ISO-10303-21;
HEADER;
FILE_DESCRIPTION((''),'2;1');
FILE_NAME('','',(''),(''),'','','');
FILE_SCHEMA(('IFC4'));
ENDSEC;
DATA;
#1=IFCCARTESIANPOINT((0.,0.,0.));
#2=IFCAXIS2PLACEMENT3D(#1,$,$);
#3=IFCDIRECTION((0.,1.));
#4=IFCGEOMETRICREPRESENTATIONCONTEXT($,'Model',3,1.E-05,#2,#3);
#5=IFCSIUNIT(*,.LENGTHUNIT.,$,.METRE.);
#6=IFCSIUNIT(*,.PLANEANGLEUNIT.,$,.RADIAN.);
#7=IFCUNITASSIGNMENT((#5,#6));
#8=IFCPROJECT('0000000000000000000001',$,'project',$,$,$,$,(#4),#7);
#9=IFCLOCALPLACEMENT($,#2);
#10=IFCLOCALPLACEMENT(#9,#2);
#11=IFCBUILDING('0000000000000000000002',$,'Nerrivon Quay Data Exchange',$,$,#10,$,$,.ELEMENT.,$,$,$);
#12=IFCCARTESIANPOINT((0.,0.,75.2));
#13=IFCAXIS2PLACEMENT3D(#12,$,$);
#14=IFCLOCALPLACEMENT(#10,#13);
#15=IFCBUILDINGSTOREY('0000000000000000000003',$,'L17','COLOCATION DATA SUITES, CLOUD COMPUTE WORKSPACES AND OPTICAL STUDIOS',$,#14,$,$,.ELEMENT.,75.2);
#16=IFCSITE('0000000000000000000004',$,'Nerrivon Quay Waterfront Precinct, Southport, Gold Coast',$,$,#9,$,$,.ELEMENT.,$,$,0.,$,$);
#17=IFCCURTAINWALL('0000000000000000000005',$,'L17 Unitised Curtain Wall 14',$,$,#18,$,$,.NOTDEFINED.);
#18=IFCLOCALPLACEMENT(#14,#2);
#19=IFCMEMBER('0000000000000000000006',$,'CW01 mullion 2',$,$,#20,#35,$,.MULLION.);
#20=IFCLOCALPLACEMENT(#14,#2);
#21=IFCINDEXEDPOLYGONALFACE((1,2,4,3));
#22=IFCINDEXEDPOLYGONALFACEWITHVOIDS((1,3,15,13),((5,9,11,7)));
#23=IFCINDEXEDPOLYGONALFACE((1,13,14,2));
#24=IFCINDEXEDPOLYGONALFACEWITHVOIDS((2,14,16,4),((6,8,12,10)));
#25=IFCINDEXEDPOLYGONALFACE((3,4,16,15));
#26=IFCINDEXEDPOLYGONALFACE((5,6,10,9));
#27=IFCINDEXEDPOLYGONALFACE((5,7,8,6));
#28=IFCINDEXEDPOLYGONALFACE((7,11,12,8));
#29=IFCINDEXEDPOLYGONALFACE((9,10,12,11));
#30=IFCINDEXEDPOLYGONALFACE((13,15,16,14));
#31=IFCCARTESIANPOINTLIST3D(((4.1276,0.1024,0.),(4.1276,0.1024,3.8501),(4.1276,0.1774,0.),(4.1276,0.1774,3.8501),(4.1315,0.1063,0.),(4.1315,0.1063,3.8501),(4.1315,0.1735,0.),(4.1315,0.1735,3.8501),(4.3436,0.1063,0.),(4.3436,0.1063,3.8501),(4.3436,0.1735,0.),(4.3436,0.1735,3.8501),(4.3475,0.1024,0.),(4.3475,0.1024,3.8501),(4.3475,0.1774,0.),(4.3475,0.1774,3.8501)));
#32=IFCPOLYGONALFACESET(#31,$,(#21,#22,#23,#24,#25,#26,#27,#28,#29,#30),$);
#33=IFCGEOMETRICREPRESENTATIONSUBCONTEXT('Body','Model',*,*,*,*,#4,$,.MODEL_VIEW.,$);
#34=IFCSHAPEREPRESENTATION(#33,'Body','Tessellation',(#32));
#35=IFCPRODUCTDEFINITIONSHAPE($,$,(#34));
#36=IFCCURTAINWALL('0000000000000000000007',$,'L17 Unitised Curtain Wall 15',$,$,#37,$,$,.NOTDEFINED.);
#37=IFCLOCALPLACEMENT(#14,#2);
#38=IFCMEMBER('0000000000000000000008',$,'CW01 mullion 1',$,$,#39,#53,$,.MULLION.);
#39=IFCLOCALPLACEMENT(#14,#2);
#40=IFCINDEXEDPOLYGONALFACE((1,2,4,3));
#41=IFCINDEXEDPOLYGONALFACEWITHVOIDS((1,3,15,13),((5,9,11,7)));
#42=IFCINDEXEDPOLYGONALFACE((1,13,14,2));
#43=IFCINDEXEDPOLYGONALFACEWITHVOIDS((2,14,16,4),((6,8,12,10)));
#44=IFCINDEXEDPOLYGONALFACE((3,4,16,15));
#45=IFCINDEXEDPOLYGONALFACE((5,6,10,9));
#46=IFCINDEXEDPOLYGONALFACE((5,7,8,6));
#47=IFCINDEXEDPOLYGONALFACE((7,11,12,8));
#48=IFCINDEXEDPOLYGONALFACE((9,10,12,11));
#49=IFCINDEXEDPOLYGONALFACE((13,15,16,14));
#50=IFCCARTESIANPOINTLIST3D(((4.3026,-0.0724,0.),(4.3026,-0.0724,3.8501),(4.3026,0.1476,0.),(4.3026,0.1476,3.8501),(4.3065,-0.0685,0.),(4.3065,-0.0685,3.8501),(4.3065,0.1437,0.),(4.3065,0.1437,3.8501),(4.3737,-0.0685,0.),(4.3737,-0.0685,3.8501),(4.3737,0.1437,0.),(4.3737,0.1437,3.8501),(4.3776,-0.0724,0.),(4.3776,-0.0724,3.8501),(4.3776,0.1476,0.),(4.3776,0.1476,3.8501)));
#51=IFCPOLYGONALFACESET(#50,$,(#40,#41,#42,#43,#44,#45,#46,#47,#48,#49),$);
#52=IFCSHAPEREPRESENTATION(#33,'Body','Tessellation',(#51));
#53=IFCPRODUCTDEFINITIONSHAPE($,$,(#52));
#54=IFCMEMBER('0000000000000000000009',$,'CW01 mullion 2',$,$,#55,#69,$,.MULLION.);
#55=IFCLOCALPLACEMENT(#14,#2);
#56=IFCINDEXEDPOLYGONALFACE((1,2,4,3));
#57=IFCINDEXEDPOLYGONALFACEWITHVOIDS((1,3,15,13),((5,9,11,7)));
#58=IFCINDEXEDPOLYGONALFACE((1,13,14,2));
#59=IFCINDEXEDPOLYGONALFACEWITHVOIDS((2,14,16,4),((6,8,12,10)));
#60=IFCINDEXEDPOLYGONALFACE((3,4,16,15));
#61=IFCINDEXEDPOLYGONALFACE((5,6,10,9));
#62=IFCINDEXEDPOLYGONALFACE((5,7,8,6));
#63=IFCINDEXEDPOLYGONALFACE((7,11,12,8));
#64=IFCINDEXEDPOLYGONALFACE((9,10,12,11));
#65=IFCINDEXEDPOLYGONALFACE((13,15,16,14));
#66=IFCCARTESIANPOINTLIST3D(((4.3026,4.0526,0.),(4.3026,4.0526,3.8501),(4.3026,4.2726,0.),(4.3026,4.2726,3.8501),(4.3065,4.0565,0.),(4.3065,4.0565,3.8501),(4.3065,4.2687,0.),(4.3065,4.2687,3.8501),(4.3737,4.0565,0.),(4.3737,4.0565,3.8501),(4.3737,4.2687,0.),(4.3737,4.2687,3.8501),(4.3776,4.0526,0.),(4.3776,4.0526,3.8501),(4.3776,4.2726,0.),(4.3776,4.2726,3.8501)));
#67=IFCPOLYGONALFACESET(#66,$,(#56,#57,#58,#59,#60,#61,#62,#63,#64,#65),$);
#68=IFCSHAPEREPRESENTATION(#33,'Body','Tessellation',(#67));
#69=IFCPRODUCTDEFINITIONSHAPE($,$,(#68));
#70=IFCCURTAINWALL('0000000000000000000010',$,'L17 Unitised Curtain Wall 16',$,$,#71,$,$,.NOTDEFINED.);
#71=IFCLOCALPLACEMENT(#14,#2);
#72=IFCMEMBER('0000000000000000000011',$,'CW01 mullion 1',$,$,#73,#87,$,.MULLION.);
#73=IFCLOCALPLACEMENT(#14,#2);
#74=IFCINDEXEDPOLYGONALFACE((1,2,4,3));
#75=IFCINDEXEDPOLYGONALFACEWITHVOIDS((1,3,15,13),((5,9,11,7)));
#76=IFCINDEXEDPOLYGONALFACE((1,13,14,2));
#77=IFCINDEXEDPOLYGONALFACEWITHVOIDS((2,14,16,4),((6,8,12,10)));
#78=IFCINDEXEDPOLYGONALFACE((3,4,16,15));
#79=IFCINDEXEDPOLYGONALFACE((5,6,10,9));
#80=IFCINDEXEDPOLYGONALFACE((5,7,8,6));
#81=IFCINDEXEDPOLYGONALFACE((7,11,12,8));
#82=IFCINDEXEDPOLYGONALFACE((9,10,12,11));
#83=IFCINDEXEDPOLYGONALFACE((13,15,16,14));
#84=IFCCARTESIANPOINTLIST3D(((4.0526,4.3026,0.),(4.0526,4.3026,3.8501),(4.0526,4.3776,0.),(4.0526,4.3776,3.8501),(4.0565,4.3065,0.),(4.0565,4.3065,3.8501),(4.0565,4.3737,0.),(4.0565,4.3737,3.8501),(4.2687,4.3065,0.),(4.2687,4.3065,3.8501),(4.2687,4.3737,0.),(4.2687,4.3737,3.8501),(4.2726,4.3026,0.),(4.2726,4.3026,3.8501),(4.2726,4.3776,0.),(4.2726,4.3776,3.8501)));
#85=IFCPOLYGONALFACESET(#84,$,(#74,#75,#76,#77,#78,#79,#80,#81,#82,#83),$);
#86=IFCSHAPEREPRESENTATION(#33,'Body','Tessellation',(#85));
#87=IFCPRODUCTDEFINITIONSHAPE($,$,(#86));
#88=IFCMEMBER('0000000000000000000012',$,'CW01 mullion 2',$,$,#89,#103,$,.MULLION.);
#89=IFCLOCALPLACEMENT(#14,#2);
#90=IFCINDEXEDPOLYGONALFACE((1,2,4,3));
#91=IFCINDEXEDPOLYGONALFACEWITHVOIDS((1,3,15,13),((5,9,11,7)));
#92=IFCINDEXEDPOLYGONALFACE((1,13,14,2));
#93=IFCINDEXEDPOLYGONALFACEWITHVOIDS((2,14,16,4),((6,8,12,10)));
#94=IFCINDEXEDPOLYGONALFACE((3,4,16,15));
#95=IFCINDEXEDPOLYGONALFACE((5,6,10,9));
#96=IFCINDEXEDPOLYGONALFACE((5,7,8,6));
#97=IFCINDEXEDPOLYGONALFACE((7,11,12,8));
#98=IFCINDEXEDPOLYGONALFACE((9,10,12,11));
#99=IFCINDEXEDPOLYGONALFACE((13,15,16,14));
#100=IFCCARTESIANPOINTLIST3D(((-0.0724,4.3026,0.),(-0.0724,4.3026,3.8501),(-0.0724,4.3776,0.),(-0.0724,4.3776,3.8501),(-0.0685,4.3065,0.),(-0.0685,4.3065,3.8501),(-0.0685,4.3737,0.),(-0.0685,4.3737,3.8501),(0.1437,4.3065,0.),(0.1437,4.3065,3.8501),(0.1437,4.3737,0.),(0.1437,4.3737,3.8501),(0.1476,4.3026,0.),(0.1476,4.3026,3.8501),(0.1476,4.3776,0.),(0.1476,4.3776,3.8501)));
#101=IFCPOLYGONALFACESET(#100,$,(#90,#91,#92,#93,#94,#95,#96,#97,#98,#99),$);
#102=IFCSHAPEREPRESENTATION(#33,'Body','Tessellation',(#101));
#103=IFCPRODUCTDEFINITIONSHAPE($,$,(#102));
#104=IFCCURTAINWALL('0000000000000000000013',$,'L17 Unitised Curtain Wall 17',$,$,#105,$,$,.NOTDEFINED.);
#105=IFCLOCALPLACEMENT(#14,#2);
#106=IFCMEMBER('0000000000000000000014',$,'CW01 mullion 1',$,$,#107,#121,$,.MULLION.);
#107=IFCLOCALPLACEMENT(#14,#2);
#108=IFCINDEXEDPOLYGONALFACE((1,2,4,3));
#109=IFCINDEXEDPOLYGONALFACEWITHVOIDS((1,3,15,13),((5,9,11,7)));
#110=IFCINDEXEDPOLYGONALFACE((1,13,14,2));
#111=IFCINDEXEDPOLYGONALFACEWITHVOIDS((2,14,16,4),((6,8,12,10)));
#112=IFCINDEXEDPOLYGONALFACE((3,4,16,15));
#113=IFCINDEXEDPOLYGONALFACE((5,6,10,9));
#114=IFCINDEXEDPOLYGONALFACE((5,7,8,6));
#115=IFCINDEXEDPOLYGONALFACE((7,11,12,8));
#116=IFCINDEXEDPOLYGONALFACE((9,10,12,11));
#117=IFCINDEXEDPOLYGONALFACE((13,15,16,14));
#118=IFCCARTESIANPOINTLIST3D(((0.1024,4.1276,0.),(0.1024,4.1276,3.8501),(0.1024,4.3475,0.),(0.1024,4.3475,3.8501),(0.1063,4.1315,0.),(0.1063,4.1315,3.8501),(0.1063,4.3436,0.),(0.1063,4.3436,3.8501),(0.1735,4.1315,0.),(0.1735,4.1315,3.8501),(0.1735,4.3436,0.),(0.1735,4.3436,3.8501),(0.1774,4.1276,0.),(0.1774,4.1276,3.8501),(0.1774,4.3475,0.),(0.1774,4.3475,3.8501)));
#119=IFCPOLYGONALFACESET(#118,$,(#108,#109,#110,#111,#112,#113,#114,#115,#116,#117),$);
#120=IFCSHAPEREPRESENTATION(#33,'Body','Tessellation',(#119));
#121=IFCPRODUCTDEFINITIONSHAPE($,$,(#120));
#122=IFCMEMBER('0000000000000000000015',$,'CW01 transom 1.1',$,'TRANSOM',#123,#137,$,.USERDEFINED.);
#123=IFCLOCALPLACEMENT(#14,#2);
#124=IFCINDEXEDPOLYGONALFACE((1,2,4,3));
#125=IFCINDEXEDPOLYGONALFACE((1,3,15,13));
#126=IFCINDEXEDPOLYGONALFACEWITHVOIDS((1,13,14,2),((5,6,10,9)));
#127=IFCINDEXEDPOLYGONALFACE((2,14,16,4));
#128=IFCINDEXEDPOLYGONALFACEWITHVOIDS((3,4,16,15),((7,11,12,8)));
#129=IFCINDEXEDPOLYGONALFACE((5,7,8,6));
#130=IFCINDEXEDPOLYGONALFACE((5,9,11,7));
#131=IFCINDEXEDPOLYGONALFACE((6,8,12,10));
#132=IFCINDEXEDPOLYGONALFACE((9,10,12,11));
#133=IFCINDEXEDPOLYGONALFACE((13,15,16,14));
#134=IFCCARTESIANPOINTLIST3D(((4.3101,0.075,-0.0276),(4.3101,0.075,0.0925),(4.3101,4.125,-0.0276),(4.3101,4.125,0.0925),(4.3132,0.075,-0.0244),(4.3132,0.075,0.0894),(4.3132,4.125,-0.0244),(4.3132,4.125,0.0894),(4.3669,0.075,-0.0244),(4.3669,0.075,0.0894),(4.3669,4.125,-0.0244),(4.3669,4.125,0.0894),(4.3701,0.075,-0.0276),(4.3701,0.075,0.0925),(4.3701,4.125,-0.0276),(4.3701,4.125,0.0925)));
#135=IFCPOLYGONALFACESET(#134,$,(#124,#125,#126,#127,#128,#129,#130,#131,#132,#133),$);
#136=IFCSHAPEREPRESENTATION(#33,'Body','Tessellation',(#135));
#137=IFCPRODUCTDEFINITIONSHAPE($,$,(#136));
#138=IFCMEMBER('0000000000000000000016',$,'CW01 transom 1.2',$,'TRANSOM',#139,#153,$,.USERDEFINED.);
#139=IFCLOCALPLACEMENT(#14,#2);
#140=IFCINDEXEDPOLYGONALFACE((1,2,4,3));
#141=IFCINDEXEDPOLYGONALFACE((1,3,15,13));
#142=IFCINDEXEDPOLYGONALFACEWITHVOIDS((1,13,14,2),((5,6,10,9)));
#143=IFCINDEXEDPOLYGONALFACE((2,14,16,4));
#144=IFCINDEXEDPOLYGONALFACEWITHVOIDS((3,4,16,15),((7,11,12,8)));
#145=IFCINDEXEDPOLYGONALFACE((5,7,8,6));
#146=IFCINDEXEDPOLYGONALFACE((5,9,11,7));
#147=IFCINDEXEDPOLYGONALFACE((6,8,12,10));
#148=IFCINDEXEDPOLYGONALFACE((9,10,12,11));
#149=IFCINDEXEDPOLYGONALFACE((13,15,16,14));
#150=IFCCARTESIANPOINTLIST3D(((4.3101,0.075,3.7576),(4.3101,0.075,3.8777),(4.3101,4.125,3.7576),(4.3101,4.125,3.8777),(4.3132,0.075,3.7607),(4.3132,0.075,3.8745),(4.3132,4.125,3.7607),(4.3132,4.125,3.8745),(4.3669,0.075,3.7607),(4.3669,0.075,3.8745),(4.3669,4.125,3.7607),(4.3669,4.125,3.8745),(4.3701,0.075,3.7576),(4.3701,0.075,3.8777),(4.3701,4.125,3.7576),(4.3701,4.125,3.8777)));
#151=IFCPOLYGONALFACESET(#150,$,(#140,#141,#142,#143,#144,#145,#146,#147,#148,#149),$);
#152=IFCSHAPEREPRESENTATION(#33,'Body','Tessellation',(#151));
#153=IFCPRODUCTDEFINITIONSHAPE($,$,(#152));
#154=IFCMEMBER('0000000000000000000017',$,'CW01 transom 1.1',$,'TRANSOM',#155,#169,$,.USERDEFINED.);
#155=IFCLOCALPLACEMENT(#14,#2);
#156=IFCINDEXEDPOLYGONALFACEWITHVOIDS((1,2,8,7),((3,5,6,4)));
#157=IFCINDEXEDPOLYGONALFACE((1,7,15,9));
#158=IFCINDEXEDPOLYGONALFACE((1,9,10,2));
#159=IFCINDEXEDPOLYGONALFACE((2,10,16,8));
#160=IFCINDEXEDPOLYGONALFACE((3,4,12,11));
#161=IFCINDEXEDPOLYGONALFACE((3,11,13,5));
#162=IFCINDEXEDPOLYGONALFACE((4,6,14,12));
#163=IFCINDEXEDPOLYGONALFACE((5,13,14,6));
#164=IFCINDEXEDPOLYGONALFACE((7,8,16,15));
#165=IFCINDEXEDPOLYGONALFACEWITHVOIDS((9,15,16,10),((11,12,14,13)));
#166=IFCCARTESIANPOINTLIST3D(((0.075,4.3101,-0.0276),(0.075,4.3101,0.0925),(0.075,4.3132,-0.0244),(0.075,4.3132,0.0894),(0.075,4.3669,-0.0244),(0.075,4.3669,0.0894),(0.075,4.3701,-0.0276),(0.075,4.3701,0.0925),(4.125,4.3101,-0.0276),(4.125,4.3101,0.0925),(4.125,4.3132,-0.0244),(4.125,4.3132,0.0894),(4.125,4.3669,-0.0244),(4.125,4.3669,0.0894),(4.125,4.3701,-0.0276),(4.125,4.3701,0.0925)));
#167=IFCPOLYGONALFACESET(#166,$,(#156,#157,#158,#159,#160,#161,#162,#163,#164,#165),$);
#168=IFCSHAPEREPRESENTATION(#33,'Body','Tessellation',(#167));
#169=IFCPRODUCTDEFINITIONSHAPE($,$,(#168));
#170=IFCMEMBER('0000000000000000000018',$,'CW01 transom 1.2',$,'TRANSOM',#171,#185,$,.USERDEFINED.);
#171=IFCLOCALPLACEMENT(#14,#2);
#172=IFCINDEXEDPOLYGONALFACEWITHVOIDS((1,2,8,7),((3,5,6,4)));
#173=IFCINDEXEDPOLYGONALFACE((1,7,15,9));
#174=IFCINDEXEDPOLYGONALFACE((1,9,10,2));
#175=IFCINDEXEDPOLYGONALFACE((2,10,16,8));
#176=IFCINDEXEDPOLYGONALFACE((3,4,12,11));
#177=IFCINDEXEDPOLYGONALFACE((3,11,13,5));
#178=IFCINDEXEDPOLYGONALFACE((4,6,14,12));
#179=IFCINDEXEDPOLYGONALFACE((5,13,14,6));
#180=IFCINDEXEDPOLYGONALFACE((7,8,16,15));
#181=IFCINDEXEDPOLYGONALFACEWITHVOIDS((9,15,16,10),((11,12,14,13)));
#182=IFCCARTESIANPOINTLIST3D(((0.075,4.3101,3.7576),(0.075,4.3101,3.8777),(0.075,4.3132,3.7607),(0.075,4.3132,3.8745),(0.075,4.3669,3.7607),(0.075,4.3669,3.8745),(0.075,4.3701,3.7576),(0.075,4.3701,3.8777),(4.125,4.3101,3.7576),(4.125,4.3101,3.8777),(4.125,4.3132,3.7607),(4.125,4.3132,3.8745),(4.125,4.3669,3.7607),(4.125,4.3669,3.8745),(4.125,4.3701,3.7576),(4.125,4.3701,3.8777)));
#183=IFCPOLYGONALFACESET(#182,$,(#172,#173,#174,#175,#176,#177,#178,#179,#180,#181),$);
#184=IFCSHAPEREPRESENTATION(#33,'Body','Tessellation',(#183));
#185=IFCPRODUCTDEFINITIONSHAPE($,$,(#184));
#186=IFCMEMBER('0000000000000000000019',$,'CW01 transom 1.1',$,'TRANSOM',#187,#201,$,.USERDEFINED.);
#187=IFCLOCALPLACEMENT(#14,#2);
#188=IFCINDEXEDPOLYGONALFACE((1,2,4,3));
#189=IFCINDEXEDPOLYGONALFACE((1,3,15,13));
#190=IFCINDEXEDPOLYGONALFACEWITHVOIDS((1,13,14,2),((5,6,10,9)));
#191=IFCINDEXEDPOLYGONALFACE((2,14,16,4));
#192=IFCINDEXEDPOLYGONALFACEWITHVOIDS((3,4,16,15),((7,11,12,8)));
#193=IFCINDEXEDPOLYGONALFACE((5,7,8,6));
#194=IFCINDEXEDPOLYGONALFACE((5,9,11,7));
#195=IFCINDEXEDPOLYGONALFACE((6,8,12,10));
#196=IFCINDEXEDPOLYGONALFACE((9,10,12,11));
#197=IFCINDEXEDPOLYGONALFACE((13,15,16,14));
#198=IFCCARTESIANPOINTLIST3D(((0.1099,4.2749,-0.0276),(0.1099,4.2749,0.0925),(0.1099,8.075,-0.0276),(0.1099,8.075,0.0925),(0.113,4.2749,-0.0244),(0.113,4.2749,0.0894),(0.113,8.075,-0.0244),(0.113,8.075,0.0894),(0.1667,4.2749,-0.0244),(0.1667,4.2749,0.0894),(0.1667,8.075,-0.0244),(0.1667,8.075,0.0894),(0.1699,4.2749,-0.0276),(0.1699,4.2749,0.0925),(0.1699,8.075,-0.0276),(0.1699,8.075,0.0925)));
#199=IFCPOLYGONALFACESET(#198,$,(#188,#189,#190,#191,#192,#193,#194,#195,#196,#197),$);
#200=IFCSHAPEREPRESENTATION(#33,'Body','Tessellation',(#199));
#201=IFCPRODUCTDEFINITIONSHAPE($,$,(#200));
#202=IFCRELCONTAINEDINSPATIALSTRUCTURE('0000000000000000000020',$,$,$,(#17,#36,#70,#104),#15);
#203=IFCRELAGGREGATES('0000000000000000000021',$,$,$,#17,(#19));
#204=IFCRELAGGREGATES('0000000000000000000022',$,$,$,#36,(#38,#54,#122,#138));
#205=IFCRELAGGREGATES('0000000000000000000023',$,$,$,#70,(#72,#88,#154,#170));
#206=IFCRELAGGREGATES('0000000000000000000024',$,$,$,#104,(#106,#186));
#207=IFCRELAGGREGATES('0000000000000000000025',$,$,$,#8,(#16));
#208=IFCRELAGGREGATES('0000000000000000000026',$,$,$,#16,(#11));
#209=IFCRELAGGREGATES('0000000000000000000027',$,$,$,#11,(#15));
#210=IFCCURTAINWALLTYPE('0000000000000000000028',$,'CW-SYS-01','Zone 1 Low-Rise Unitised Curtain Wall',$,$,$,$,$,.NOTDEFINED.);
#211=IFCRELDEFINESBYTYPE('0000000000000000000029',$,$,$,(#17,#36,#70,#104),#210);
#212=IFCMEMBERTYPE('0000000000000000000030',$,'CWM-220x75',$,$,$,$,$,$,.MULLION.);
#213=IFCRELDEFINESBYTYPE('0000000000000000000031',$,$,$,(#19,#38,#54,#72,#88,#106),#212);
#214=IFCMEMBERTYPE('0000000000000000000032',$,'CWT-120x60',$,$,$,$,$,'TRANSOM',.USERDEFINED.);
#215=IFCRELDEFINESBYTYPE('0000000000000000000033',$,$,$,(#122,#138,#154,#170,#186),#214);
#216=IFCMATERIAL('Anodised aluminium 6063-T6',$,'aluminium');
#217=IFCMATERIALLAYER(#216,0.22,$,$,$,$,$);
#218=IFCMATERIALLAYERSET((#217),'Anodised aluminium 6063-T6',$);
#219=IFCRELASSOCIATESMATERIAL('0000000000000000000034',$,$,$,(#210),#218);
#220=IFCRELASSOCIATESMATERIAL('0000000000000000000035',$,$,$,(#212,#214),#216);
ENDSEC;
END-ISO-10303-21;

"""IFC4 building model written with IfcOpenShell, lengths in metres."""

from ifc_helpers import new_model, si_unit, direction, frame, origin, origin_2d, place, context, subcontext, project, spatial, hollow_rectangle, extrude, material, layer, layer_set, material_profile, profile_set, type_object, element, aggregate, save


model = new_model("IFC4")

# Units and contexts
model_context = context("Model", 3, precision=1e-05, world=origin(), true_north=direction((0.0, 1.0)))
body_context = subcontext(model_context, "Body", "Model", "MODEL_VIEW")
ifc_project = project(units=[si_unit("LENGTHUNIT", "METRE"), si_unit("PLANEANGLEUNIT", "RADIAN")], contexts=[model_context])

# Site, building, storey
site_placement = place(None, origin())
site = spatial("IfcSite", under=ifc_project, at=site_placement, Name="Nerrivon Quay Waterfront Precinct, Southport, Gold Coast", CompositionType="ELEMENT", RefElevation=0.0)
building_placement = place(site_placement, origin())
building = spatial("IfcBuilding", under=site, at=building_placement, Name="Nerrivon Quay Data Exchange", CompositionType="ELEMENT")
storey_placement = place(building_placement, frame((0.0, 0.0, 75.2)))
storey = spatial("IfcBuildingStorey", under=building, at=storey_placement, Name="L17", Description="COLOCATION DATA SUITES, CLOUD COMPUTE WORKSPACES AND OPTICAL STUDIOS", CompositionType="ELEMENT", Elevation=75.2)

# Curtain wall, member
ifc_material_1 = material(Name="Anodised aluminium 6063-T6", Category="aluminium")
ifc_layer_1 = layer(ifc_material_1, 0.22)
ifc_layer_set_1 = layer_set([ifc_layer_1], Name="Anodised aluminium 6063-T6")
curtain_wall_type = type_object("IfcCurtainWallType", Name="CW-SYS-01", Description="Zone 1 Low-Rise Unitised Curtain Wall", PredefinedType="NOTDEFINED", material=ifc_layer_set_1)
curtain_wall_1_placement = place(storey_placement, origin())
curtain_wall_1 = element("IfcCurtainWall", 1, at=curtain_wall_1_placement, inside=storey, type_object=curtain_wall_type, Name="L17 Unitised Curtain Wall 14", PredefinedType="NOTDEFINED")
ifc_material_profile_1 = material_profile(ifc_material_1, hollow_rectangle(XDim=0.075, YDim=0.22, WallThickness=0.0039, at=origin_2d()), Name="ALU-MULL-220x75")
ifc_profile_set_1 = profile_set([ifc_material_profile_1], Name="Anodised aluminium 6063-T6")
member_type_1 = type_object("IfcMemberType", Name="CWM-220x75", PredefinedType="MULLION", material=ifc_profile_set_1)
member_1_placement = place(storey_placement, frame((4.2375, 0.1399, 0.0), z_axis=(0.0, 0.0, 1.0), x_axis=(0.0, -1.0, 0.0)))
member_1 = element("IfcMember", 2, at=member_1_placement, type_object=member_type_1, Name="CW01 mullion 2", PredefinedType="MULLION", context=body_context, shape_type="SweptSolid", body=[
    extrude(hollow_rectangle(XDim=0.075, YDim=0.22, WallThickness=0.0039, at=origin_2d()), origin(), (0.0, 0.0, 1.0), 3.8501),
])
aggregate(curtain_wall_1, [member_1])

# Curtain walls, members
curtain_wall_2_placement = place(storey_placement, origin())
curtain_wall_2 = element("IfcCurtainWall", 3, at=curtain_wall_2_placement, inside=storey, type_object=curtain_wall_type, Name="L17 Unitised Curtain Wall 15", PredefinedType="NOTDEFINED")
member_2_placement = place(storey_placement, frame((4.3401, 0.0376, 0.0), z_axis=(0.0, 0.0, 1.0), x_axis=(-1.0, 0.0, 0.0)))
member_2 = element("IfcMember", 4, at=member_2_placement, type_object=member_type_1, Name="CW01 mullion 1", PredefinedType="MULLION", context=body_context, shape_type="SweptSolid", body=[
    extrude(hollow_rectangle(XDim=0.075, YDim=0.22, WallThickness=0.0039, at=origin_2d()), origin(), (0.0, 0.0, 1.0), 3.8501),
])
member_3_placement = place(storey_placement, frame((4.3401, 4.1626, 0.0), z_axis=(0.0, 0.0, 1.0), x_axis=(-1.0, 0.0, 0.0)))
member_3 = element("IfcMember", 5, at=member_3_placement, type_object=member_type_1, Name="CW01 mullion 2", PredefinedType="MULLION", context=body_context, shape_type="SweptSolid", body=[
    extrude(hollow_rectangle(XDim=0.075, YDim=0.22, WallThickness=0.0039, at=origin_2d()), origin(), (0.0, 0.0, 1.0), 3.8501),
])
curtain_wall_3_placement = place(storey_placement, origin())
curtain_wall_3 = element("IfcCurtainWall", 6, at=curtain_wall_3_placement, inside=storey, type_object=curtain_wall_type, Name="L17 Unitised Curtain Wall 16", PredefinedType="NOTDEFINED")
member_4_placement = place(storey_placement, frame((4.1626, 4.3401, 0.0), z_axis=(0.0, 0.0, 1.0), x_axis=(0.0, -1.0, 0.0)))
member_4 = element("IfcMember", 7, at=member_4_placement, type_object=member_type_1, Name="CW01 mullion 1", PredefinedType="MULLION", context=body_context, shape_type="SweptSolid", body=[
    extrude(hollow_rectangle(XDim=0.075, YDim=0.22, WallThickness=0.0039, at=origin_2d()), origin(), (0.0, 0.0, 1.0), 3.8501),
])
member_5_placement = place(storey_placement, frame((0.0376, 4.3401, 0.0), z_axis=(0.0, 0.0, 1.0), x_axis=(0.0, -1.0, 0.0)))
member_5 = element("IfcMember", 8, at=member_5_placement, type_object=member_type_1, Name="CW01 mullion 2", PredefinedType="MULLION", context=body_context, shape_type="SweptSolid", body=[
    extrude(hollow_rectangle(XDim=0.075, YDim=0.22, WallThickness=0.0039, at=origin_2d()), origin(), (0.0, 0.0, 1.0), 3.8501),
])

# Curtain wall, member
curtain_wall_4_placement = place(storey_placement, origin())
curtain_wall_4 = element("IfcCurtainWall", 9, at=curtain_wall_4_placement, inside=storey, type_object=curtain_wall_type, Name="L17 Unitised Curtain Wall 17", PredefinedType="NOTDEFINED")
member_6_placement = place(storey_placement, frame((0.1399, 4.2375, 0.0), z_axis=(0.0, 0.0, 1.0), x_axis=(-1.0, 0.0, 0.0)))
member_6 = element("IfcMember", 10, at=member_6_placement, type_object=member_type_1, Name="CW01 mullion 1", PredefinedType="MULLION", context=body_context, shape_type="SweptSolid", body=[
    extrude(hollow_rectangle(XDim=0.075, YDim=0.22, WallThickness=0.0039, at=origin_2d()), origin(), (0.0, 0.0, 1.0), 3.8501),
])

# Members
ifc_material_profile_2 = material_profile(ifc_material_1, hollow_rectangle(XDim=0.0601, YDim=0.1201, WallThickness=0.0032, at=origin_2d()), Name="ALU-TRAN-120x60")
ifc_profile_set_2 = profile_set([ifc_material_profile_2], Name="Anodised aluminium 6063-T6")
member_type_2 = type_object("IfcMemberType", Name="CWT-120x60", ElementType="TRANSOM", PredefinedType="USERDEFINED", material=ifc_profile_set_2)
member_7_placement = place(storey_placement, frame((4.3401, 0.075, 0.0325), z_axis=(0.0, 1.0, 0.0), x_axis=(-1.0, 0.0, 0.0)))
member_7 = element("IfcMember", 11, at=member_7_placement, type_object=member_type_2, Name="CW01 transom 1.1", ObjectType="TRANSOM", PredefinedType="USERDEFINED", context=body_context, shape_type="SweptSolid", body=[
    extrude(hollow_rectangle(XDim=0.0601, YDim=0.1201, WallThickness=0.0032, at=origin_2d()), origin(), (0.0, 0.0, 1.0), 4.05),
])
member_8_placement = place(storey_placement, frame((4.3401, 0.075, 3.8176), z_axis=(0.0, 1.0, 0.0), x_axis=(-1.0, 0.0, 0.0)))
member_8 = element("IfcMember", 12, at=member_8_placement, type_object=member_type_2, Name="CW01 transom 1.2", ObjectType="TRANSOM", PredefinedType="USERDEFINED", context=body_context, shape_type="SweptSolid", body=[
    extrude(hollow_rectangle(XDim=0.0601, YDim=0.1201, WallThickness=0.0032, at=origin_2d()), origin(), (0.0, 0.0, 1.0), 4.05),
])
member_9_placement = place(storey_placement, frame((4.125, 4.3401, 0.0325), z_axis=(-1.0, 0.0, 0.0), x_axis=(0.0, -1.0, 0.0)))
member_9 = element("IfcMember", 13, at=member_9_placement, type_object=member_type_2, Name="CW01 transom 1.1", ObjectType="TRANSOM", PredefinedType="USERDEFINED", context=body_context, shape_type="SweptSolid", body=[
    extrude(hollow_rectangle(XDim=0.0601, YDim=0.1201, WallThickness=0.0032, at=origin_2d()), origin(), (0.0, 0.0, 1.0), 4.05),
])
member_10_placement = place(storey_placement, frame((4.125, 4.3401, 3.8176), z_axis=(-1.0, 0.0, 0.0), x_axis=(0.0, -1.0, 0.0)))
member_10 = element("IfcMember", 14, at=member_10_placement, type_object=member_type_2, Name="CW01 transom 1.2", ObjectType="TRANSOM", PredefinedType="USERDEFINED", context=body_context, shape_type="SweptSolid", body=[
    extrude(hollow_rectangle(XDim=0.0601, YDim=0.1201, WallThickness=0.0032, at=origin_2d()), origin(), (0.0, 0.0, 1.0), 4.05),
])
member_11_placement = place(storey_placement, frame((0.1399, 4.2749, 0.0325), z_axis=(0.0, 1.0, 0.0), x_axis=(-1.0, 0.0, 0.0)))
member_11 = element("IfcMember", 15, at=member_11_placement, type_object=member_type_2, Name="CW01 transom 1.1", ObjectType="TRANSOM", PredefinedType="USERDEFINED", context=body_context, shape_type="SweptSolid", body=[
    extrude(hollow_rectangle(XDim=0.0601, YDim=0.1201, WallThickness=0.0032, at=origin_2d()), origin(), (0.0, 0.0, 1.0), 3.8),
])

aggregate(curtain_wall_2, [member_2, member_3, member_7, member_8])
aggregate(curtain_wall_3, [member_4, member_5, member_9, member_10])
aggregate(curtain_wall_4, [member_6, member_11])

save(model, "model.ifc")
